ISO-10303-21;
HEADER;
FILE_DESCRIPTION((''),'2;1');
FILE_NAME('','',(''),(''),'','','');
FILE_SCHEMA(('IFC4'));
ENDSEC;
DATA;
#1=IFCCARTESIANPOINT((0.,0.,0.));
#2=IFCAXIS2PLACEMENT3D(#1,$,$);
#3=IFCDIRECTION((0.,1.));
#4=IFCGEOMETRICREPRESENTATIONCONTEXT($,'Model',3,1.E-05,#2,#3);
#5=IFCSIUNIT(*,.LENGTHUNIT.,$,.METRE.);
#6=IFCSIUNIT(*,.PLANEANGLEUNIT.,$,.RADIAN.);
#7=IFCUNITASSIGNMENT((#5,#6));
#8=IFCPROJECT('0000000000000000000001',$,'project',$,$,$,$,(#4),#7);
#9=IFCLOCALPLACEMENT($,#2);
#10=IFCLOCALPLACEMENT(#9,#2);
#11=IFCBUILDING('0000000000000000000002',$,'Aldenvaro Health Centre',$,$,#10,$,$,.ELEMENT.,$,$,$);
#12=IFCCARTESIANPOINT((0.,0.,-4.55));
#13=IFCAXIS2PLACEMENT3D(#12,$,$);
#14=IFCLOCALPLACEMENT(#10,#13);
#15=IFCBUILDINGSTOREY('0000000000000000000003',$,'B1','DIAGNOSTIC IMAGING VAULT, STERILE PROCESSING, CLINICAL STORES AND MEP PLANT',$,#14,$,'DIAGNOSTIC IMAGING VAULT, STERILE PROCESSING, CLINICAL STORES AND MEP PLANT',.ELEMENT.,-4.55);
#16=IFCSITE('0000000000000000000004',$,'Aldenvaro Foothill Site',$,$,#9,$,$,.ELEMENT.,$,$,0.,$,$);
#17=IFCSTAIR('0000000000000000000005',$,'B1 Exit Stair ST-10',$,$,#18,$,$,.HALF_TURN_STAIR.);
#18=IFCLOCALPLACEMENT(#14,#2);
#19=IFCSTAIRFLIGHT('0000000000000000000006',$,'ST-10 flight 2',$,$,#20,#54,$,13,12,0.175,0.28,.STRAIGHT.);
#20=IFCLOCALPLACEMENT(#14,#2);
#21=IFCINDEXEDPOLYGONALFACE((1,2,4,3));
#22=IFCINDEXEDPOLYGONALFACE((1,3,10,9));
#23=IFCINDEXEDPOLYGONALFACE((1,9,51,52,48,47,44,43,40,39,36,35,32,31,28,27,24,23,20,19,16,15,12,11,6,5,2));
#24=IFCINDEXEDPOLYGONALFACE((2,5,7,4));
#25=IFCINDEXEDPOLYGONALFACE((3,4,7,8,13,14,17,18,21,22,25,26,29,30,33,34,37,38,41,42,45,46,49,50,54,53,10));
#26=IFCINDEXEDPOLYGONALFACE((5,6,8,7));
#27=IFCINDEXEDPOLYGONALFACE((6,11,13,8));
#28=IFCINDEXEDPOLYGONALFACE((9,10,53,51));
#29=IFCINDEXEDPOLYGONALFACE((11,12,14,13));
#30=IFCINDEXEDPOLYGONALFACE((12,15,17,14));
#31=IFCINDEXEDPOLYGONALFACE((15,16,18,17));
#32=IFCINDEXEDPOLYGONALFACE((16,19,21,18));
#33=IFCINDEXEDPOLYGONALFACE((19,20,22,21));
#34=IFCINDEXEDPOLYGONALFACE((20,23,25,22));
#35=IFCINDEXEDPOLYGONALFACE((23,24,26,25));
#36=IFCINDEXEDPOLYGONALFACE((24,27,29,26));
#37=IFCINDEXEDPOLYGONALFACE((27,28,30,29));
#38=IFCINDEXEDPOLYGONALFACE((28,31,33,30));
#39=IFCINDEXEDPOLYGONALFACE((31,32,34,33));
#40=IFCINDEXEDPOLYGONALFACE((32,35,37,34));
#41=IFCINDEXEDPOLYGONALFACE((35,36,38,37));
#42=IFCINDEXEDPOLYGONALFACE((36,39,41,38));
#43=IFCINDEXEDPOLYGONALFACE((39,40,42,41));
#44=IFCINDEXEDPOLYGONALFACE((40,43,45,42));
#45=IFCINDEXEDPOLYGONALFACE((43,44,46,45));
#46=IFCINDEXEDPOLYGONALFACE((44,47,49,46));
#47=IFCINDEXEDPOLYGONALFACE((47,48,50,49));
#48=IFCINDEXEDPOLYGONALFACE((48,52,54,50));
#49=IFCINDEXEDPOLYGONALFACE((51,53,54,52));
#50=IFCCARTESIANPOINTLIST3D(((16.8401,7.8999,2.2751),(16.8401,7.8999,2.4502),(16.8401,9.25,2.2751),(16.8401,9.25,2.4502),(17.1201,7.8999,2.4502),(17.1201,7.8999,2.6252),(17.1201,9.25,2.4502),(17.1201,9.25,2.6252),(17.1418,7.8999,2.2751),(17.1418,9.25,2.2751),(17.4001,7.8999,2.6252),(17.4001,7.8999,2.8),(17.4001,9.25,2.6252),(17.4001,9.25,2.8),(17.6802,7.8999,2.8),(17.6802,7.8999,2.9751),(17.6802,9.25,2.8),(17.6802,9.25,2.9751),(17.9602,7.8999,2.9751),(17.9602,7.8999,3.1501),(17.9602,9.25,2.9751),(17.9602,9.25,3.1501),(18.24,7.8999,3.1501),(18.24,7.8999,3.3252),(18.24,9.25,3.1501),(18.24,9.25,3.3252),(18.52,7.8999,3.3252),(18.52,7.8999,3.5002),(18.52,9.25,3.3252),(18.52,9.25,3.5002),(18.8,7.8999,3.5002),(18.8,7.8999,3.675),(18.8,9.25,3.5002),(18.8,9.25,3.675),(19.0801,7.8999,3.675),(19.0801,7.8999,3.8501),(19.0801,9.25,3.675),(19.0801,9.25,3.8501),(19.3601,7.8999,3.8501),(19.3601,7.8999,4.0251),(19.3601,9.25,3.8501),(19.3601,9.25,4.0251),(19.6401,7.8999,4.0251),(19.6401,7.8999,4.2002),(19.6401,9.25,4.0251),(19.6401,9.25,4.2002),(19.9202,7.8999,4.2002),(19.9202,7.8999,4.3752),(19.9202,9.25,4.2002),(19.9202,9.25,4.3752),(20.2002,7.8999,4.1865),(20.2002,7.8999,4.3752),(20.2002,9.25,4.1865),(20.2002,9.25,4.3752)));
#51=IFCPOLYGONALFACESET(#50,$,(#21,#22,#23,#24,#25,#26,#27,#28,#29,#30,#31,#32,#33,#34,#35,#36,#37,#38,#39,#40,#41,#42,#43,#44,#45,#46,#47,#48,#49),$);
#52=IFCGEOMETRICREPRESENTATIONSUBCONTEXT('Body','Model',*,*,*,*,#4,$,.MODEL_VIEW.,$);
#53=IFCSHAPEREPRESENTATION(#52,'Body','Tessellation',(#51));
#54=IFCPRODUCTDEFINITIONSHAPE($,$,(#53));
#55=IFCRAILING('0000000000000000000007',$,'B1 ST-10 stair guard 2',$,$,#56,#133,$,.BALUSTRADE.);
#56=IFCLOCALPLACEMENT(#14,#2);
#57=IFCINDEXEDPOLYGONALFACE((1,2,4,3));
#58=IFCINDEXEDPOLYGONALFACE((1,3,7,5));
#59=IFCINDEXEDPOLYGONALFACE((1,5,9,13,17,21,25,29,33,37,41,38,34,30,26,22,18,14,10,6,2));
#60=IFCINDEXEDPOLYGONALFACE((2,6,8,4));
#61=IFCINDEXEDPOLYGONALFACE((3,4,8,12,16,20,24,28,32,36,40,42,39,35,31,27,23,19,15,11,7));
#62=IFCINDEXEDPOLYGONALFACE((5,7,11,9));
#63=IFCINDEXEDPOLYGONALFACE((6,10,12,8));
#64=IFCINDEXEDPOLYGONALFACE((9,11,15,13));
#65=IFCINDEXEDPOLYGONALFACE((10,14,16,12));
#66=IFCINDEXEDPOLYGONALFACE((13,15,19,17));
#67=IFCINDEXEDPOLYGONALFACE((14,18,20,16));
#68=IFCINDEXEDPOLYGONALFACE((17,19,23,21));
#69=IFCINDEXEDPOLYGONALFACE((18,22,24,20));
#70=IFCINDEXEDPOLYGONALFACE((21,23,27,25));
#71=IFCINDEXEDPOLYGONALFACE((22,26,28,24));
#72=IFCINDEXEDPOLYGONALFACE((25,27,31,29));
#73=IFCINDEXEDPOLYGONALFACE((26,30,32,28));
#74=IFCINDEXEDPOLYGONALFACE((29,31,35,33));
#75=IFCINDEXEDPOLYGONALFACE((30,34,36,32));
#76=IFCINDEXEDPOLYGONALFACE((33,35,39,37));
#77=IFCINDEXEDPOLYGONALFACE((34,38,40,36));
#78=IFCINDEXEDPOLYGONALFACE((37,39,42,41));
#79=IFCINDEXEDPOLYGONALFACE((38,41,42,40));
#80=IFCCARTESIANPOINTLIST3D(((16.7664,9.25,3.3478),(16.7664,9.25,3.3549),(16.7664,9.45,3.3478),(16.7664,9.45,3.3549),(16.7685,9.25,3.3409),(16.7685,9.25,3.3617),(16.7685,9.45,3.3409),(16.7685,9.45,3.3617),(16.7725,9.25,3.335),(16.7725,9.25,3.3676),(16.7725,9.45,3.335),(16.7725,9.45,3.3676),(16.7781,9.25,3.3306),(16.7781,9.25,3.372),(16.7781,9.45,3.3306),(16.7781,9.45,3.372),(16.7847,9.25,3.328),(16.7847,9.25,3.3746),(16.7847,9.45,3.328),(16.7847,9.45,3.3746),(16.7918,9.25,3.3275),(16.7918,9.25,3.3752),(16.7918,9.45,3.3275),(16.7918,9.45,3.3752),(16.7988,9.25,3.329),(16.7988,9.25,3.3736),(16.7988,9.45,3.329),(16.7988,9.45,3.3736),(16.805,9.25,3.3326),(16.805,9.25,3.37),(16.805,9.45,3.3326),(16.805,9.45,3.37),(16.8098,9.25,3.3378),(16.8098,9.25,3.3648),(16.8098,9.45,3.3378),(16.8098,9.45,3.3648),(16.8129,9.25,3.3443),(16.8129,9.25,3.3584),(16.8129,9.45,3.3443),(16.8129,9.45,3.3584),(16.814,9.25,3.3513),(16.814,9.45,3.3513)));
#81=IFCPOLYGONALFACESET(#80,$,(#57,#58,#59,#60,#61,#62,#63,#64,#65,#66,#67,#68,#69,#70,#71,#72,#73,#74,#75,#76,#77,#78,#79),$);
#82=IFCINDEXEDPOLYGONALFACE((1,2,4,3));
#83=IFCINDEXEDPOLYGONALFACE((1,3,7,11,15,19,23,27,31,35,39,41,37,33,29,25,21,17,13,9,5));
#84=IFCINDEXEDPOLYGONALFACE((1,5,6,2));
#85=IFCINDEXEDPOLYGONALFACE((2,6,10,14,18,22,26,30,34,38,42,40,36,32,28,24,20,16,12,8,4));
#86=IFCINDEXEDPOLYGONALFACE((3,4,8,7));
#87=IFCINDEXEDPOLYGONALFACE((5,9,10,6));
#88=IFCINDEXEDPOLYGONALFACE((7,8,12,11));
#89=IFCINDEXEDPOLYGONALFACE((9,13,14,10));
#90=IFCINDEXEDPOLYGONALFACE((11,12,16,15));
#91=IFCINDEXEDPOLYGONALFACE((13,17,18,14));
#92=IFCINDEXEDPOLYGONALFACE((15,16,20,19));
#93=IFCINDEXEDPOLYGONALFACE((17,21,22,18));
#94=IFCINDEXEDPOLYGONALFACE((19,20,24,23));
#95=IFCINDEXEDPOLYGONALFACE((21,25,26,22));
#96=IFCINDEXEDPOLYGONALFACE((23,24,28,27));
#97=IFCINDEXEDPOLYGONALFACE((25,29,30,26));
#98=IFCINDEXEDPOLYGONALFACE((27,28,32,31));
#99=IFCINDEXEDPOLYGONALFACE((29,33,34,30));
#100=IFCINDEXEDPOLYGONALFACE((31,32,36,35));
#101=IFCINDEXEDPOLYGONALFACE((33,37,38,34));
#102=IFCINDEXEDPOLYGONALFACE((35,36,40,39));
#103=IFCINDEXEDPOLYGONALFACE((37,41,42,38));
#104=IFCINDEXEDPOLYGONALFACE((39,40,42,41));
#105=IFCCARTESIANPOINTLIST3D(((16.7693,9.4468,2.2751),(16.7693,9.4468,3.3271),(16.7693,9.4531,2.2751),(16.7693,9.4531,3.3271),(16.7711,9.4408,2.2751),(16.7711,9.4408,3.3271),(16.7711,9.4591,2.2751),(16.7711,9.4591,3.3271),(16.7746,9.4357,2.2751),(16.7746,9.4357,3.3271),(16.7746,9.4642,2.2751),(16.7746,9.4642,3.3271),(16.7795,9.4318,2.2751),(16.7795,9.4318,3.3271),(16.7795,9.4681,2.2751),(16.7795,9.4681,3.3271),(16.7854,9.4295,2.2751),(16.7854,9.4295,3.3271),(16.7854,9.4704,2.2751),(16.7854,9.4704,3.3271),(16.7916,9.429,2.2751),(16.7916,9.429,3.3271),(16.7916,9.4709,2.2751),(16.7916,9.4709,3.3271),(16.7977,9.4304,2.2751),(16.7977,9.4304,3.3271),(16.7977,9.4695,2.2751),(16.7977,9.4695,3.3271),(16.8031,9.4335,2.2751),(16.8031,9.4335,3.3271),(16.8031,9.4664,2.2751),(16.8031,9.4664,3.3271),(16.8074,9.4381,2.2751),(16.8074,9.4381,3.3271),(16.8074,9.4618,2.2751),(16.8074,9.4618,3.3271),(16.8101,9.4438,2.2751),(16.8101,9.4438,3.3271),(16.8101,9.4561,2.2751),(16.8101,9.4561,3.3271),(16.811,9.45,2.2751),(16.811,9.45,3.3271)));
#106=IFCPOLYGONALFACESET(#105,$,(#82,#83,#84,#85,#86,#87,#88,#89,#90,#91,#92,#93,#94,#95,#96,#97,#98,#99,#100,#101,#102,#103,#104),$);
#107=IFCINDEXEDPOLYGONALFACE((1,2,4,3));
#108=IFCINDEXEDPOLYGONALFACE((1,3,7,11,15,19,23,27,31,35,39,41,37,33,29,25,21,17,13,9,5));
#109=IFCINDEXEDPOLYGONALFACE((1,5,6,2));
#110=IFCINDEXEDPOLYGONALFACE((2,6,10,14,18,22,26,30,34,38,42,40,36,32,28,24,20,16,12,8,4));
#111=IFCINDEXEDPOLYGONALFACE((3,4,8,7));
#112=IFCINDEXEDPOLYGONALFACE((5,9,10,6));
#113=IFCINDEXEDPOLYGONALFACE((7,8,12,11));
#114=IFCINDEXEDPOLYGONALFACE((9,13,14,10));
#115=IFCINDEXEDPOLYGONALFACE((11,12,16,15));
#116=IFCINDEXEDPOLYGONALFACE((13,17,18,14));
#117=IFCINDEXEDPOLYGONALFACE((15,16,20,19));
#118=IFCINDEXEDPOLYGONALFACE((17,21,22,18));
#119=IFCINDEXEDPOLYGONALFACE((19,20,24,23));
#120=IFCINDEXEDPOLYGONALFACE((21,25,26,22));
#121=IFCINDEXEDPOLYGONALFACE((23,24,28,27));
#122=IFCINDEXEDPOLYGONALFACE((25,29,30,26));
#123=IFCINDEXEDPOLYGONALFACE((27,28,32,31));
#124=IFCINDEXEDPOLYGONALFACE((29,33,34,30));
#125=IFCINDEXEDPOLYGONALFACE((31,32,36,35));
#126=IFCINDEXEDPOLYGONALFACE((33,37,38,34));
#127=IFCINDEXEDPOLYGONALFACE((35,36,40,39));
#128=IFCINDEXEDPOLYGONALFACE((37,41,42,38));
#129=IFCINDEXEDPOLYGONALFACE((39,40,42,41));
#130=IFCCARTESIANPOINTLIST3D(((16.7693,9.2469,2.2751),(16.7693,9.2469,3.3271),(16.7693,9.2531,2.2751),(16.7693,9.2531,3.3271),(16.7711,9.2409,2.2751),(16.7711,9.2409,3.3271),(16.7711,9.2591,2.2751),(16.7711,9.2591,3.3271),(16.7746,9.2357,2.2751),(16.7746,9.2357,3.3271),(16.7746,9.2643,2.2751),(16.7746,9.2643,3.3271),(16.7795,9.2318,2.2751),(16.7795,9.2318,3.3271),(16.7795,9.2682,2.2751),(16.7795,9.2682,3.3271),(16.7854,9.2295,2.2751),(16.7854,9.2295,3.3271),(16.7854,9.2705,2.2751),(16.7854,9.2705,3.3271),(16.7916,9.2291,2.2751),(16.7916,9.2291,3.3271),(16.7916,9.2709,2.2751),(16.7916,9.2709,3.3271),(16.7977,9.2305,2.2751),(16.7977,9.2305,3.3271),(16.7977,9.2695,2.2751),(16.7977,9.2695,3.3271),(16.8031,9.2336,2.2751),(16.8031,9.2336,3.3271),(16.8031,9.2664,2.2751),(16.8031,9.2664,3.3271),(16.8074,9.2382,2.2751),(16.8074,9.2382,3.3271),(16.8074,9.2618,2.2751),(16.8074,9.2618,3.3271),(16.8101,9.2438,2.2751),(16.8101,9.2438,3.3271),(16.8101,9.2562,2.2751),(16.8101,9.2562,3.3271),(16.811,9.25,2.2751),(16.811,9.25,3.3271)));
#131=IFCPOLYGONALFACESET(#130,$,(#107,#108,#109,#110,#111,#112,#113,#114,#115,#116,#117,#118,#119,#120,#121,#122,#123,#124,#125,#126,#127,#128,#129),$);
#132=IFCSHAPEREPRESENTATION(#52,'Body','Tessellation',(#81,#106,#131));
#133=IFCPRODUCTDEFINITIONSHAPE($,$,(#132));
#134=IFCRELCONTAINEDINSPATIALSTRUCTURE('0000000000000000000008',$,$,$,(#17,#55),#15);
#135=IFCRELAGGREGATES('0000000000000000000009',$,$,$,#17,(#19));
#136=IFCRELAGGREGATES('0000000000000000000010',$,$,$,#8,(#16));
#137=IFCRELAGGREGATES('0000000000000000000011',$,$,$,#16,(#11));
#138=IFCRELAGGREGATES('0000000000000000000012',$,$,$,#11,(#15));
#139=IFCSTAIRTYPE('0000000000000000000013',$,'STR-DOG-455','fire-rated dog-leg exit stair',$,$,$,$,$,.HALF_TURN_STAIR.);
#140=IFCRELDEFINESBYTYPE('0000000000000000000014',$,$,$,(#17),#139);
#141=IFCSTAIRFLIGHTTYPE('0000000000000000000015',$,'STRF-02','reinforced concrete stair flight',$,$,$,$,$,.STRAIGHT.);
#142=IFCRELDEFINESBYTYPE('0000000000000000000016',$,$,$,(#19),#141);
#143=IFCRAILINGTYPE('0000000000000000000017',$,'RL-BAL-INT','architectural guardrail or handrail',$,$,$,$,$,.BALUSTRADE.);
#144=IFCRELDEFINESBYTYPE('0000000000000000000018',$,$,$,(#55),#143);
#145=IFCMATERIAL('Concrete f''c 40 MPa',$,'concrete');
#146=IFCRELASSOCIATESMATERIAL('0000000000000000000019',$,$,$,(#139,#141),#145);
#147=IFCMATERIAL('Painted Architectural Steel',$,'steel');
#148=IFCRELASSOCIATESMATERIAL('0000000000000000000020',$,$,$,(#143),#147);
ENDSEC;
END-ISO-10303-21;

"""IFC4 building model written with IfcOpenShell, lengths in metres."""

from ifc_helpers import new_model, si_unit, direction, frame, origin, origin_2d, place, context, subcontext, project, spatial, polyline, circle, outline, extrude, material, type_object, element, aggregate, save


model = new_model("IFC4")

# Units and contexts
model_context = context("Model", 3, precision=1e-05, world=origin(), true_north=direction((0.0, 1.0)))
body_context = subcontext(model_context, "Body", "Model", "MODEL_VIEW")
ifc_project = project(units=[si_unit("LENGTHUNIT", "METRE"), si_unit("PLANEANGLEUNIT", "RADIAN")], contexts=[model_context])

# Site, building, storey
site_placement = place(None, origin())
site = spatial("IfcSite", under=ifc_project, at=site_placement, Name="Aldenvaro Foothill Site", CompositionType="ELEMENT", RefElevation=0.0)
building_placement = place(site_placement, origin())
building = spatial("IfcBuilding", under=site, at=building_placement, Name="Aldenvaro Health Centre", CompositionType="ELEMENT")
storey_placement = place(building_placement, frame((0.0, 0.0, -4.55)))
storey = spatial("IfcBuildingStorey", under=building, at=storey_placement, Name="B1", Description="DIAGNOSTIC IMAGING VAULT, STERILE PROCESSING, CLINICAL STORES AND MEP PLANT", LongName="DIAGNOSTIC IMAGING VAULT, STERILE PROCESSING, CLINICAL STORES AND MEP PLANT", CompositionType="ELEMENT", Elevation=-4.55)

# Shared definitions
ifc_material_1 = material(Name="Concrete f'c 40 MPa", Category="concrete")

# Stair, stair flight
stair_type = type_object("IfcStairType", Name="STR-DOG-455", Description="fire-rated dog-leg exit stair", PredefinedType="HALF_TURN_STAIR", material=ifc_material_1)
stair_placement = place(storey_placement, origin())
stair = element("IfcStair", 1, at=stair_placement, inside=storey, type_object=stair_type, Name="B1 Exit Stair ST-10", PredefinedType="HALF_TURN_STAIR")
stair_flight_type = type_object("IfcStairFlightType", Name="STRF-02", Description="reinforced concrete stair flight", PredefinedType="STRAIGHT", material=ifc_material_1)
stair_flight_placement = place(storey_placement, frame((16.8401, 8.575, 2.2751), z_axis=(0.0, 0.0, 1.0), x_axis=(1.0, 0.0, 0.0)))
stair_flight = element("IfcStairFlight", 2, at=stair_flight_placement, type_object=stair_flight_type, Name="ST-10 flight 2", NumberOfRisers=13, NumberOfTreads=12, PredefinedType="STRAIGHT", RiserHeight=0.175, TreadLength=0.28, context=body_context, shape_type="SweptSolid", body=[
    extrude(outline(polyline([(0.0, 0.0), (0.0, 0.175), (0.28, 0.175), (0.28, 0.3501), (0.5601, 0.3501), (0.5601, 0.5249), (0.8401, 0.5249), (0.8401, 0.7), (1.1201, 0.7), (1.1201, 0.875), (1.3999, 0.875), (1.3999, 1.05), (1.6799, 1.05), (1.6799, 1.2251), (1.96, 1.2251), (1.96, 1.3999), (2.24, 1.3999), (2.24, 1.575), (2.52, 1.575), (2.52, 1.75), (2.8, 1.75), (2.8, 1.925), (3.0801, 1.925), (3.0801, 2.1001), (3.3601, 2.1001), (3.3601, 2.2749), (3.3601, 1.9114), (0.3018, 0.0), (0.0, 0.0)])), frame((0.0, 0.675, 0.0), z_axis=(0.0, -1.0, 0.0), x_axis=(1.0, 0.0, 0.0)), (0.0, 0.0, 1.0), 1.3501),
])
aggregate(stair, [stair_flight])

# Railing
ifc_material_2 = material(Name="Painted Architectural Steel", Category="steel")
railing_type_1 = type_object("IfcRailingType", Name="RL-BAL-INT", Description="architectural guardrail or handrail", PredefinedType="BALUSTRADE", material=ifc_material_2)
railing_1_placement = place(storey_placement, frame((16.79, 9.45, 2.2751)))
element("IfcRailing", 3, at=railing_1_placement, inside=storey, type_object=railing_type_1, Name="B1 ST-10 stair guard 2", PredefinedType="BALUSTRADE", context=body_context, shape_type="SweptSolid", body=[
    extrude(circle(Radius=0.0239, at=origin_2d()), frame((0.0, 0.0, 1.0762), z_axis=(0.0, -1.0, 0.0), x_axis=(1.0, 0.0, 0.0)), (0.0, 0.0, 1.0), 0.2),
    extrude(circle(Radius=0.021, at=origin_2d()), origin(), (0.0, 0.0, 1.0), 1.052),
    extrude(circle(Radius=0.021, at=origin_2d()), frame((0.0, -0.2, 0.0)), (0.0, 0.0, 1.0), 1.052),
])

save(model, "model.ifc")
